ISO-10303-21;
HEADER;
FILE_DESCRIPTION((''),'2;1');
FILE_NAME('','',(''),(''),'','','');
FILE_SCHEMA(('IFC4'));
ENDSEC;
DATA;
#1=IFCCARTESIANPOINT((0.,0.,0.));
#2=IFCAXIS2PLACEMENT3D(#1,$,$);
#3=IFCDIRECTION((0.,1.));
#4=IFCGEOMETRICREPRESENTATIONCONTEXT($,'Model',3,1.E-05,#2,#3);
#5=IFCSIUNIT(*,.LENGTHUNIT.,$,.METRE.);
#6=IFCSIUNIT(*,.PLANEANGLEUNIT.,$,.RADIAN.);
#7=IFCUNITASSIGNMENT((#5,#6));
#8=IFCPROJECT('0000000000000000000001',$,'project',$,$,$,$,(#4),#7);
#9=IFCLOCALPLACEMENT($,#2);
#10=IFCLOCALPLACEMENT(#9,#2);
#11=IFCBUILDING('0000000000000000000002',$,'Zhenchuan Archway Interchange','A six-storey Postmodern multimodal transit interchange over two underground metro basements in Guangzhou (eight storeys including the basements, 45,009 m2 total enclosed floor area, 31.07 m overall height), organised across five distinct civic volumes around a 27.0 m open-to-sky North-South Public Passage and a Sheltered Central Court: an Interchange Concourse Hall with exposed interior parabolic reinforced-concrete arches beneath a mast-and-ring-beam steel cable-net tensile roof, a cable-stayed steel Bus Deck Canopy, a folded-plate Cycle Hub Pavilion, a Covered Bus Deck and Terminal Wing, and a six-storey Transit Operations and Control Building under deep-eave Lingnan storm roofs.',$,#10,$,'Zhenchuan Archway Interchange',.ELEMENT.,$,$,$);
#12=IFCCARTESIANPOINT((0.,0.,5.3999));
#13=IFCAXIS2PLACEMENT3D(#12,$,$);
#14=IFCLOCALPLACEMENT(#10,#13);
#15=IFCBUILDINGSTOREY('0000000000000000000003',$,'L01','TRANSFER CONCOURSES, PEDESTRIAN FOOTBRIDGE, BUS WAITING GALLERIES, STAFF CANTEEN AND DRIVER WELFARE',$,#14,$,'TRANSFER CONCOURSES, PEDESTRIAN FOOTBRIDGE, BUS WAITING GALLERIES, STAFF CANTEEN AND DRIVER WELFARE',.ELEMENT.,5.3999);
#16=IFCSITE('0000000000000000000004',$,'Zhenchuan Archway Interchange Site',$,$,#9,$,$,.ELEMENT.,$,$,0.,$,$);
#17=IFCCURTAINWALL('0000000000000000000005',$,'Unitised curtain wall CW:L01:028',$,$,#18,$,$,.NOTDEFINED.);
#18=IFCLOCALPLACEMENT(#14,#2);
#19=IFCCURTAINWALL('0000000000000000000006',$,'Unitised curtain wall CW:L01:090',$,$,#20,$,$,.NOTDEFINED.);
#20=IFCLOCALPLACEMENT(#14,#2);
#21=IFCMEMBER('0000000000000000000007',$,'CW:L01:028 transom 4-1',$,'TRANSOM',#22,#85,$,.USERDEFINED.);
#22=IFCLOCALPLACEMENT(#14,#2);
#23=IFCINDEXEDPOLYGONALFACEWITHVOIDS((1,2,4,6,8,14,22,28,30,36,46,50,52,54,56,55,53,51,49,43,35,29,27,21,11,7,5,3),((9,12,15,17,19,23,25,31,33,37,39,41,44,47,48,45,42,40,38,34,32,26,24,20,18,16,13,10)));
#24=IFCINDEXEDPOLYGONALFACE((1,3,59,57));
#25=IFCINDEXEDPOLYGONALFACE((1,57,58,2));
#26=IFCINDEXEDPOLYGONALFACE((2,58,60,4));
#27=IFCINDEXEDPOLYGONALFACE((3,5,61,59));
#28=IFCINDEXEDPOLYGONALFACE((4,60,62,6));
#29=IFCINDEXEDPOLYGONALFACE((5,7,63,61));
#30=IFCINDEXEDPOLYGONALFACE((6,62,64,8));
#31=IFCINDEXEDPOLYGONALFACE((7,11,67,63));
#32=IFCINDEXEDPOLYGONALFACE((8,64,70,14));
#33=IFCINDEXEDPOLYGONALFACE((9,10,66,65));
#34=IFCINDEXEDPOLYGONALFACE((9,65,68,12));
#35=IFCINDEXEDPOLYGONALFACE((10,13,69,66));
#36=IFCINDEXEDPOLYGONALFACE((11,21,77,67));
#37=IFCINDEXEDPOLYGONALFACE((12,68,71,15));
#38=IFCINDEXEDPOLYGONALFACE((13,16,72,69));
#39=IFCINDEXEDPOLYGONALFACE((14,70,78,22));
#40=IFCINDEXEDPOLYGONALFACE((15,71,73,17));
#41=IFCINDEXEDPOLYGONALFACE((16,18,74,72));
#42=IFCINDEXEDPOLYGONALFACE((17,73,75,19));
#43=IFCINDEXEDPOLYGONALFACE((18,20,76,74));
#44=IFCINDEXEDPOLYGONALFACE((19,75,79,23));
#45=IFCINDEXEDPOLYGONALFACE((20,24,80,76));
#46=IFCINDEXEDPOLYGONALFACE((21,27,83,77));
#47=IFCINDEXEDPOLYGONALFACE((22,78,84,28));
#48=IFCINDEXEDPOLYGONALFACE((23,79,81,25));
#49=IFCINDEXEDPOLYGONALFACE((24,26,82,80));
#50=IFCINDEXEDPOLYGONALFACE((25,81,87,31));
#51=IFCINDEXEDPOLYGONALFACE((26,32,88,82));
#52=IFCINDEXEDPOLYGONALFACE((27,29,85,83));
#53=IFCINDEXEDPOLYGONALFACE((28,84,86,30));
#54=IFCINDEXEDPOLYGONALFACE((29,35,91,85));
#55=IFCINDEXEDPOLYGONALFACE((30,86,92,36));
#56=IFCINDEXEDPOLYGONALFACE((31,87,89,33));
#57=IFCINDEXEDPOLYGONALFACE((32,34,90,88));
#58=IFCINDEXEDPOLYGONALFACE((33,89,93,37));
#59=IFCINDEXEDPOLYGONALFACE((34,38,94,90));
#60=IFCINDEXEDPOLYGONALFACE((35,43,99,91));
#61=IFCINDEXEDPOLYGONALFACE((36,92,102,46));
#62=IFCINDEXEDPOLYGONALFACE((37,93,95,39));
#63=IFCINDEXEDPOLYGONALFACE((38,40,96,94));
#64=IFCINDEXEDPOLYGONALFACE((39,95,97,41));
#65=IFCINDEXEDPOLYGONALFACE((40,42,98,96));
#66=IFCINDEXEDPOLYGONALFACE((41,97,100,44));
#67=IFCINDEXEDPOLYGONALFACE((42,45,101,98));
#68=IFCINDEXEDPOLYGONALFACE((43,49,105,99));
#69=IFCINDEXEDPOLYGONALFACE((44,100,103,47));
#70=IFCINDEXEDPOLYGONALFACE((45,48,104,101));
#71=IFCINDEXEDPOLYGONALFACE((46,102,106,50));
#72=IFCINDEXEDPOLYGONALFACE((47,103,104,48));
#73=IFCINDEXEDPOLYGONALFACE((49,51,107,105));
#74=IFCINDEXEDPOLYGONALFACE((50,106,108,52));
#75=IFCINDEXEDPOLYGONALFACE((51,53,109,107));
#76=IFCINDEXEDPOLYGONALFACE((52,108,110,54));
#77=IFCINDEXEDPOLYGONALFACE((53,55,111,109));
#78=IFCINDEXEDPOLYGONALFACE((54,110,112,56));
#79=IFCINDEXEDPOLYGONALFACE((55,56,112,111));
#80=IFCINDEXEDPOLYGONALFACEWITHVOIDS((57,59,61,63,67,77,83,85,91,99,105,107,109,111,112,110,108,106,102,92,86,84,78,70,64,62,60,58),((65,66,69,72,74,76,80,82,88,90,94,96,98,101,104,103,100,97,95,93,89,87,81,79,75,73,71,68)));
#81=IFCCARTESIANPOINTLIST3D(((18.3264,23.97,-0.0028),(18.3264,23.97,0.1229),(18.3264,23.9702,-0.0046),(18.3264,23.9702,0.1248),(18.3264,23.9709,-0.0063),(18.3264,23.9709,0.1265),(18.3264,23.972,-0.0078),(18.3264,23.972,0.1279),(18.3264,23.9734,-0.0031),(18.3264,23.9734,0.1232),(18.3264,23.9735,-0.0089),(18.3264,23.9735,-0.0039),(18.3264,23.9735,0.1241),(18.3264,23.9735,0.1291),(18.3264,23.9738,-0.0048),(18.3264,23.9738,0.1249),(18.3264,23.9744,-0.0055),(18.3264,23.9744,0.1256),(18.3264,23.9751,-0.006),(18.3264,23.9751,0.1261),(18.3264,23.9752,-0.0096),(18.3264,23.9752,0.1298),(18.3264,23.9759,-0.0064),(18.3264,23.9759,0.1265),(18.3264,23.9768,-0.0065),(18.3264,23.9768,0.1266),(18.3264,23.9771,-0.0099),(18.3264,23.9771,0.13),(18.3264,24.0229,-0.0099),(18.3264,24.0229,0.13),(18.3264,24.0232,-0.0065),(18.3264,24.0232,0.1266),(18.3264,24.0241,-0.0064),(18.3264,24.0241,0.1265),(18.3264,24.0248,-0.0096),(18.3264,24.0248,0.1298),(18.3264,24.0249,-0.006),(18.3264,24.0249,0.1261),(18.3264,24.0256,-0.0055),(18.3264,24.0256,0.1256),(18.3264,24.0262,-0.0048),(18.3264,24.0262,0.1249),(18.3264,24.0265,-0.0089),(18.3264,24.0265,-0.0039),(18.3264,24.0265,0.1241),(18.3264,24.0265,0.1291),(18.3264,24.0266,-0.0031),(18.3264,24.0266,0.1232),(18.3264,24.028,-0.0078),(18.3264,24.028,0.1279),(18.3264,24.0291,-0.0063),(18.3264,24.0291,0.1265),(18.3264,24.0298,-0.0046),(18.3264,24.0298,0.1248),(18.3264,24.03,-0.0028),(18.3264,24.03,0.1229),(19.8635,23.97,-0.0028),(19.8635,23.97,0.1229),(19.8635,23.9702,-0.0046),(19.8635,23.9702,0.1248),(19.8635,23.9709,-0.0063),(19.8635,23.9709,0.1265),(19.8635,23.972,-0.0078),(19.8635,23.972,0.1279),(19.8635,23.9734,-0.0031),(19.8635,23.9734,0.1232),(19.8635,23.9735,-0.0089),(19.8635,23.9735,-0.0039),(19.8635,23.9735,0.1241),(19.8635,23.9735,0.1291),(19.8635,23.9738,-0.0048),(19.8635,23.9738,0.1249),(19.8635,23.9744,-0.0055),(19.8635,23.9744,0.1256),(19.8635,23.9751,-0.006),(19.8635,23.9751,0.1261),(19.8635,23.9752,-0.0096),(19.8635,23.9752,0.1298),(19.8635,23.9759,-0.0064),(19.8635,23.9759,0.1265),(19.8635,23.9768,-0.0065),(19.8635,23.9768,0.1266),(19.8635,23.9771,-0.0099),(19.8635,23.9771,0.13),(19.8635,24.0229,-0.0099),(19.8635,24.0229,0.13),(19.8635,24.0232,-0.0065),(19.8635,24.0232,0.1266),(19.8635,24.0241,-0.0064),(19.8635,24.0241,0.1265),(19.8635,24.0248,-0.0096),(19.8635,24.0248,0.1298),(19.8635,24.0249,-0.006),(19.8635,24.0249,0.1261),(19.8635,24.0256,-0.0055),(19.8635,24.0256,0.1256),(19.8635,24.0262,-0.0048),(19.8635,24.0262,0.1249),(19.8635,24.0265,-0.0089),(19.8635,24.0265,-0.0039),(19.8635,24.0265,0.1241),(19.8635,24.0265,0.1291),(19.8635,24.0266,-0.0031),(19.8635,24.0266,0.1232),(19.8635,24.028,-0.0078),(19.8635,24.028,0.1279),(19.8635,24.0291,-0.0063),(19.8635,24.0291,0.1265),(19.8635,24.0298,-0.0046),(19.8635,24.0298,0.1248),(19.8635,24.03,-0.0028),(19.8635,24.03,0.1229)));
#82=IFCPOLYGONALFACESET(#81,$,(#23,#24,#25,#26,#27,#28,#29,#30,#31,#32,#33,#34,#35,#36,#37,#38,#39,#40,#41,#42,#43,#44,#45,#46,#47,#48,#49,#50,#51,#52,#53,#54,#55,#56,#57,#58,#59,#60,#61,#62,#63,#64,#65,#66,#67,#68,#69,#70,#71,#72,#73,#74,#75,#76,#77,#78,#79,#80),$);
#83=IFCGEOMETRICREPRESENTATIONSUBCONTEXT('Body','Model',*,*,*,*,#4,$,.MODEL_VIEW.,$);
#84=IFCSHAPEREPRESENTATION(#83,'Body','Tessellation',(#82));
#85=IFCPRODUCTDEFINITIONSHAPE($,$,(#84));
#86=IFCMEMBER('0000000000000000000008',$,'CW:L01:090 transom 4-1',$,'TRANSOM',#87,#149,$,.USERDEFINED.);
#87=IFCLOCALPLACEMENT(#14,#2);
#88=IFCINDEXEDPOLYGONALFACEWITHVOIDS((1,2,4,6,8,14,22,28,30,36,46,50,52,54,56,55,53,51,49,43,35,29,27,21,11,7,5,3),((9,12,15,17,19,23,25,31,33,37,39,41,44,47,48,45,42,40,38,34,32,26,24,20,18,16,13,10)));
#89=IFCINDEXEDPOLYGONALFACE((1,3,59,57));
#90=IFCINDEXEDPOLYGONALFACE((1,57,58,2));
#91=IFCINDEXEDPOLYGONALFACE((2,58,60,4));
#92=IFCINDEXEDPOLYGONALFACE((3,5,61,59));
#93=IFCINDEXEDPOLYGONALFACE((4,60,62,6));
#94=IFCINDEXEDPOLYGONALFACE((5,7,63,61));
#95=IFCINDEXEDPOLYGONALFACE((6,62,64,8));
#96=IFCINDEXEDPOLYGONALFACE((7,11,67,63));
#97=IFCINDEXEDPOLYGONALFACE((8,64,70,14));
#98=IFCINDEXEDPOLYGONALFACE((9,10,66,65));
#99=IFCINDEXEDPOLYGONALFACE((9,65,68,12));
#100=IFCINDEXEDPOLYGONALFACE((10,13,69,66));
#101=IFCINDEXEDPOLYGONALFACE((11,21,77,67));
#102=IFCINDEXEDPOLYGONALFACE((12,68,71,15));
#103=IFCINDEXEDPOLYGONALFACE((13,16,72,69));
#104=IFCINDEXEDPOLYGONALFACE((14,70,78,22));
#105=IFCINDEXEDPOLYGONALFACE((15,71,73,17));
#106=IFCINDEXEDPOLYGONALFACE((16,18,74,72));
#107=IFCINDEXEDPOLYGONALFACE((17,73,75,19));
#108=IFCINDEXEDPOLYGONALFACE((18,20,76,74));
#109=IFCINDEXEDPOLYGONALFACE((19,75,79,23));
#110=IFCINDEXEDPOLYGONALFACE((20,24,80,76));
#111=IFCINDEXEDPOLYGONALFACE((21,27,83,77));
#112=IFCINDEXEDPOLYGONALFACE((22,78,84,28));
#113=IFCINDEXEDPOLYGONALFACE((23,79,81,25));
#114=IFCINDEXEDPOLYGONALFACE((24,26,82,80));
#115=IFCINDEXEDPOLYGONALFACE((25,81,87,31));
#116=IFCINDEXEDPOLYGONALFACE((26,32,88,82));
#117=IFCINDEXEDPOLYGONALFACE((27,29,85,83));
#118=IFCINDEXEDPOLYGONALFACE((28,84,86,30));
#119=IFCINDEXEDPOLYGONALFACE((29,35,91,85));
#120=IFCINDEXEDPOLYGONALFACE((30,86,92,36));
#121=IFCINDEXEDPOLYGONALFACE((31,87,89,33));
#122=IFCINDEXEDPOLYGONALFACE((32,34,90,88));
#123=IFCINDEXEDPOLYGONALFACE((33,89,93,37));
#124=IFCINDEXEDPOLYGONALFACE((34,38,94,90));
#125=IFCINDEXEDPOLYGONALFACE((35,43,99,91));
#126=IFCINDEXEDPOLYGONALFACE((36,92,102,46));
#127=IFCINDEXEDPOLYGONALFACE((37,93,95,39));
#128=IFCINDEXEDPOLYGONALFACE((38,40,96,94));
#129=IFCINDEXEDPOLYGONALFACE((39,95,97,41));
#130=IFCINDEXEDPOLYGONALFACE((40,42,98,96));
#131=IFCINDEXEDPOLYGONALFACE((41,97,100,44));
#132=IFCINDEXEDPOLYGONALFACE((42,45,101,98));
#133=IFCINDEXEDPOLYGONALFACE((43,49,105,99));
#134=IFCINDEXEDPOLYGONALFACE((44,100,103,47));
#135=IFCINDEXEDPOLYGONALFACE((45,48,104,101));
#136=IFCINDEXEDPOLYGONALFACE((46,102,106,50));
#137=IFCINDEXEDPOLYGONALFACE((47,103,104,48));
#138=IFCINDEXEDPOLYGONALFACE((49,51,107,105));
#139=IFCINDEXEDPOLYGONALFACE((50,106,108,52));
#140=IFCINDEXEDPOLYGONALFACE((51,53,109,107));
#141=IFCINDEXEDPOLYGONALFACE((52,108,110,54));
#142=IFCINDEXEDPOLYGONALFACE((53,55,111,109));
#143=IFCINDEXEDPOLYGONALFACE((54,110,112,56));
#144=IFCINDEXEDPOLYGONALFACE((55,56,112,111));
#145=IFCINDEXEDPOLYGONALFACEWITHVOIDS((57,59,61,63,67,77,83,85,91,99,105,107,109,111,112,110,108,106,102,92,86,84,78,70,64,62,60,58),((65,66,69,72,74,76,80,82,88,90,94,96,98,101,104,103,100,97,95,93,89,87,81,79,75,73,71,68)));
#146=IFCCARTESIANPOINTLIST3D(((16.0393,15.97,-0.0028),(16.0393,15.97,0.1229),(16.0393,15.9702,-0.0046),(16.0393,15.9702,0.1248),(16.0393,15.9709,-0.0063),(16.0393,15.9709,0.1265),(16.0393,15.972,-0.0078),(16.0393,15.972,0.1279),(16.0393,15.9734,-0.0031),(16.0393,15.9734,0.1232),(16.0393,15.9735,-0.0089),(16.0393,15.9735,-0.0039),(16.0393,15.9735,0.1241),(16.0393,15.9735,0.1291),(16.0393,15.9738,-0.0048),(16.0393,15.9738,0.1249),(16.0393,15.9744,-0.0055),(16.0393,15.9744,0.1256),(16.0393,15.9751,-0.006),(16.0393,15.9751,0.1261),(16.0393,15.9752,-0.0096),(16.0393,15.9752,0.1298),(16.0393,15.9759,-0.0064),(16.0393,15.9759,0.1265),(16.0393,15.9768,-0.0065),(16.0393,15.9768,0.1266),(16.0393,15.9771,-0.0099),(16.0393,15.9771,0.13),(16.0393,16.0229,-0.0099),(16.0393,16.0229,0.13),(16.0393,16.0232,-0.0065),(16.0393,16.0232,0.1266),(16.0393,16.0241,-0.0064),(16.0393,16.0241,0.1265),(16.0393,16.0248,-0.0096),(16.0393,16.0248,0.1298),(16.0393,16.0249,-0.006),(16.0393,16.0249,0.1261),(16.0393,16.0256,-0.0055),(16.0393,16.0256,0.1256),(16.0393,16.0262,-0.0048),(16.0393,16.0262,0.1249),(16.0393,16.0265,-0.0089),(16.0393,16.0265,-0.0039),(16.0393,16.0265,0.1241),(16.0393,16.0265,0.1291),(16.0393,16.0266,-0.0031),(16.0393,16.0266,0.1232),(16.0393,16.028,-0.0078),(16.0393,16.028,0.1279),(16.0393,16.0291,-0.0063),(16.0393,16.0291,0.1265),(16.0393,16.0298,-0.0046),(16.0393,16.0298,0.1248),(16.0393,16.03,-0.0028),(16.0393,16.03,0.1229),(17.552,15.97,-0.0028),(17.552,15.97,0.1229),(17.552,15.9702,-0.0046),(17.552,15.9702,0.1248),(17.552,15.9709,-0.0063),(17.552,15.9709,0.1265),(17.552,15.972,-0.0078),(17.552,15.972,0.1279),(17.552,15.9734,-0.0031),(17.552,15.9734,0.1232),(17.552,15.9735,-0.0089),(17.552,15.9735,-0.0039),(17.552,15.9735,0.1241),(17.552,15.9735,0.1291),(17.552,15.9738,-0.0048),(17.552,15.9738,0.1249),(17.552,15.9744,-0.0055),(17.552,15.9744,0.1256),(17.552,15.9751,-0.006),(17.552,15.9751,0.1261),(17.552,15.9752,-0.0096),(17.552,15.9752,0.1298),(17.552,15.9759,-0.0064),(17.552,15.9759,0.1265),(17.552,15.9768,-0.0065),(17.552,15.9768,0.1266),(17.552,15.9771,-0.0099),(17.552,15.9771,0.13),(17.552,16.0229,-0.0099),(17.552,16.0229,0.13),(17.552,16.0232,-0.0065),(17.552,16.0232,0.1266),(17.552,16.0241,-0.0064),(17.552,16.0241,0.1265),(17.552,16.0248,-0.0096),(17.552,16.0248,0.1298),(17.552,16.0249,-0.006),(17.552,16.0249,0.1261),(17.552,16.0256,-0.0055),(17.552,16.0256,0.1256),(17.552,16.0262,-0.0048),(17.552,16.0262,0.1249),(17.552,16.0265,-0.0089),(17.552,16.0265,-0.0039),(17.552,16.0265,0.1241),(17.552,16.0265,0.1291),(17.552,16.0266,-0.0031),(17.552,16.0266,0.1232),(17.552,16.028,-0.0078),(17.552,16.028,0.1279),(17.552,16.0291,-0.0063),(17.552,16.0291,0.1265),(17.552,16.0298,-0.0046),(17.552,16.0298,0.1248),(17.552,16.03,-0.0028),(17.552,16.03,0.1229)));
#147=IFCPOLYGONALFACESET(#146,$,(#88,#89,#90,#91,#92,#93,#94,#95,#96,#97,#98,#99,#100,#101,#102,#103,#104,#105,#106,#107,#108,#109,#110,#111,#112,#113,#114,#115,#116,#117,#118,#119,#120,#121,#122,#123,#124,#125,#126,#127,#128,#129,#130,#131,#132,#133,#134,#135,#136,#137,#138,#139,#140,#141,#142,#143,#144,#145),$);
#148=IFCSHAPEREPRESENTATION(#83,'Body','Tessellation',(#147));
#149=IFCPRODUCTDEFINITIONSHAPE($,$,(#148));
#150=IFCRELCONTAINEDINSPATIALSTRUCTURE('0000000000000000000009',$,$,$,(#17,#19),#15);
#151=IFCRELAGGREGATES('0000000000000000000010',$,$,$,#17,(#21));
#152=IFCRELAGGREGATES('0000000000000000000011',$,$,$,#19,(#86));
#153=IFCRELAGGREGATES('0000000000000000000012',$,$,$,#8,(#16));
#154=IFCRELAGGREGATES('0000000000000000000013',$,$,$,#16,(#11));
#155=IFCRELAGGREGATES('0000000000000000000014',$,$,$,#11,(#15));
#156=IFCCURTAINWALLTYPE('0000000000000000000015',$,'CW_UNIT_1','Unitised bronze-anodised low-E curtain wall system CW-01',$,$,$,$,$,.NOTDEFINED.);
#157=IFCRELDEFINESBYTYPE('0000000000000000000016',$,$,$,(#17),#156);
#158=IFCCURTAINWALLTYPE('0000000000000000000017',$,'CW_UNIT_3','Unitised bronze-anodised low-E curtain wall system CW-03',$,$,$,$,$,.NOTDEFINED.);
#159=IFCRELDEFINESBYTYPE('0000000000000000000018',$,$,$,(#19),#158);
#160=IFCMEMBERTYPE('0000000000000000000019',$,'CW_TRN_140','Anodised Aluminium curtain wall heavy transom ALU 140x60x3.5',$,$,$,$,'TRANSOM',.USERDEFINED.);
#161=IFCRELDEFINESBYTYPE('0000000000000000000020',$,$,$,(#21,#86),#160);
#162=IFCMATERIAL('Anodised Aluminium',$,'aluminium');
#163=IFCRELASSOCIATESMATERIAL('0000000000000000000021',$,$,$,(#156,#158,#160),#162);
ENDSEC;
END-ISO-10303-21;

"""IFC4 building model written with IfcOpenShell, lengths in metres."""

from ifc_helpers import new_model, si_unit, direction, frame, origin, origin_2d, place, context, subcontext, project, spatial, hollow_rectangle, extrude, material, material_profile, profile_set, type_object, element, aggregate, save


model = new_model("IFC4")

# Units and contexts
model_context = context("Model", 3, precision=1e-05, world=origin(), true_north=direction((0.0, 1.0)))
body_context = subcontext(model_context, "Body", "Model", "MODEL_VIEW")
ifc_project = project(units=[si_unit("LENGTHUNIT", "METRE"), si_unit("PLANEANGLEUNIT", "RADIAN")], contexts=[model_context])

# Site, building, storey
site_placement = place(None, origin())
site = spatial("IfcSite", under=ifc_project, at=site_placement, Name="Zhenchuan Archway Interchange Site", CompositionType="ELEMENT", RefElevation=0.0)
building_placement = place(site_placement, origin())
building = spatial("IfcBuilding", under=site, at=building_placement, Name="Zhenchuan Archway Interchange", Description="A six-storey Postmodern multimodal transit interchange over two underground metro basements in Guangzhou (eight storeys including the basements, 45,009 m2 total enclosed floor area, 31.07 m overall height), organised across five distinct civic volumes around a 27.0 m open-to-sky North-South Public Passage and a Sheltered Central Court: an Interchange Concourse Hall with exposed interior parabolic reinforced-concrete arches beneath a mast-and-ring-beam steel cable-net tensile roof, a cable-stayed steel Bus Deck Canopy, a folded-plate Cycle Hub Pavilion, a Covered Bus Deck and Terminal Wing, and a six-storey Transit Operations and Control Building under deep-eave Lingnan storm roofs.", LongName="Zhenchuan Archway Interchange", CompositionType="ELEMENT")
storey_placement = place(building_placement, frame((0.0, 0.0, 5.3999)))
storey = spatial("IfcBuildingStorey", under=building, at=storey_placement, Name="L01", Description="TRANSFER CONCOURSES, PEDESTRIAN FOOTBRIDGE, BUS WAITING GALLERIES, STAFF CANTEEN AND DRIVER WELFARE", LongName="TRANSFER CONCOURSES, PEDESTRIAN FOOTBRIDGE, BUS WAITING GALLERIES, STAFF CANTEEN AND DRIVER WELFARE", CompositionType="ELEMENT", Elevation=5.3999)

# Curtain wall
ifc_material_1 = material(Name="Anodised Aluminium", Category="aluminium")
curtain_wall_type_1 = type_object("IfcCurtainWallType", Name="CW_UNIT_1", Description="Unitised bronze-anodised low-E curtain wall system CW-01", PredefinedType="NOTDEFINED", material=ifc_material_1)
curtain_wall_1_placement = place(storey_placement, origin())
curtain_wall_1 = element("IfcCurtainWall", 1, at=curtain_wall_1_placement, inside=storey, type_object=curtain_wall_type_1, Name="Unitised curtain wall CW:L01:028", PredefinedType="NOTDEFINED")

# Curtain wall
curtain_wall_type_2 = type_object("IfcCurtainWallType", Name="CW_UNIT_3", Description="Unitised bronze-anodised low-E curtain wall system CW-03", PredefinedType="NOTDEFINED", material=ifc_material_1)
curtain_wall_2_placement = place(storey_placement, origin())
curtain_wall_2 = element("IfcCurtainWall", 2, at=curtain_wall_2_placement, inside=storey, type_object=curtain_wall_type_2, Name="Unitised curtain wall CW:L01:090", PredefinedType="NOTDEFINED")

# Members
ifc_material_profile_1 = material_profile(ifc_material_1, hollow_rectangle(XDim=0.0601, YDim=0.1399, WallThickness=0.0034, InnerFilletRadius=0.0034, OuterFilletRadius=0.0071, at=origin_2d()), Name="ALU 140x60x3.5")
ifc_profile_set_1 = profile_set([ifc_material_profile_1], Name="Anodised Aluminium")
member_type_1 = type_object("IfcMemberType", Name="CW_TRN_140", Description="Anodised Aluminium curtain wall heavy transom ALU 140x60x3.5", ElementType="TRANSOM", PredefinedType="USERDEFINED", material=ifc_profile_set_1)
member_1_placement = place(storey_placement, frame((19.8635, 24.0, 0.0601), z_axis=(-1.0, 0.0, 0.0), x_axis=(0.0, -1.0, 0.0)))
member_1 = element("IfcMember", 3, at=member_1_placement, type_object=member_type_1, Name="CW:L01:028 transom 4-1", ObjectType="TRANSOM", PredefinedType="USERDEFINED", context=body_context, shape_type="SweptSolid", body=[
    extrude(hollow_rectangle(XDim=0.0601, YDim=0.1399, WallThickness=0.0034, InnerFilletRadius=0.0034, OuterFilletRadius=0.0071, at=origin_2d()), origin(), (0.0, 0.0, 1.0), 1.5371),
])
member_2_placement = place(storey_placement, frame((16.0393, 16.0, 0.0601), z_axis=(1.0, 0.0, 0.0), x_axis=(0.0, 1.0, 0.0)))
member_2 = element("IfcMember", 4, at=member_2_placement, type_object=member_type_1, Name="CW:L01:090 transom 4-1", ObjectType="TRANSOM", PredefinedType="USERDEFINED", context=body_context, shape_type="SweptSolid", body=[
    extrude(hollow_rectangle(XDim=0.0601, YDim=0.1399, WallThickness=0.0034, InnerFilletRadius=0.0034, OuterFilletRadius=0.0071, at=origin_2d()), origin(), (0.0, 0.0, 1.0), 1.5127),
])

aggregate(curtain_wall_1, [member_1])
aggregate(curtain_wall_2, [member_2])

save(model, "model.ifc")
